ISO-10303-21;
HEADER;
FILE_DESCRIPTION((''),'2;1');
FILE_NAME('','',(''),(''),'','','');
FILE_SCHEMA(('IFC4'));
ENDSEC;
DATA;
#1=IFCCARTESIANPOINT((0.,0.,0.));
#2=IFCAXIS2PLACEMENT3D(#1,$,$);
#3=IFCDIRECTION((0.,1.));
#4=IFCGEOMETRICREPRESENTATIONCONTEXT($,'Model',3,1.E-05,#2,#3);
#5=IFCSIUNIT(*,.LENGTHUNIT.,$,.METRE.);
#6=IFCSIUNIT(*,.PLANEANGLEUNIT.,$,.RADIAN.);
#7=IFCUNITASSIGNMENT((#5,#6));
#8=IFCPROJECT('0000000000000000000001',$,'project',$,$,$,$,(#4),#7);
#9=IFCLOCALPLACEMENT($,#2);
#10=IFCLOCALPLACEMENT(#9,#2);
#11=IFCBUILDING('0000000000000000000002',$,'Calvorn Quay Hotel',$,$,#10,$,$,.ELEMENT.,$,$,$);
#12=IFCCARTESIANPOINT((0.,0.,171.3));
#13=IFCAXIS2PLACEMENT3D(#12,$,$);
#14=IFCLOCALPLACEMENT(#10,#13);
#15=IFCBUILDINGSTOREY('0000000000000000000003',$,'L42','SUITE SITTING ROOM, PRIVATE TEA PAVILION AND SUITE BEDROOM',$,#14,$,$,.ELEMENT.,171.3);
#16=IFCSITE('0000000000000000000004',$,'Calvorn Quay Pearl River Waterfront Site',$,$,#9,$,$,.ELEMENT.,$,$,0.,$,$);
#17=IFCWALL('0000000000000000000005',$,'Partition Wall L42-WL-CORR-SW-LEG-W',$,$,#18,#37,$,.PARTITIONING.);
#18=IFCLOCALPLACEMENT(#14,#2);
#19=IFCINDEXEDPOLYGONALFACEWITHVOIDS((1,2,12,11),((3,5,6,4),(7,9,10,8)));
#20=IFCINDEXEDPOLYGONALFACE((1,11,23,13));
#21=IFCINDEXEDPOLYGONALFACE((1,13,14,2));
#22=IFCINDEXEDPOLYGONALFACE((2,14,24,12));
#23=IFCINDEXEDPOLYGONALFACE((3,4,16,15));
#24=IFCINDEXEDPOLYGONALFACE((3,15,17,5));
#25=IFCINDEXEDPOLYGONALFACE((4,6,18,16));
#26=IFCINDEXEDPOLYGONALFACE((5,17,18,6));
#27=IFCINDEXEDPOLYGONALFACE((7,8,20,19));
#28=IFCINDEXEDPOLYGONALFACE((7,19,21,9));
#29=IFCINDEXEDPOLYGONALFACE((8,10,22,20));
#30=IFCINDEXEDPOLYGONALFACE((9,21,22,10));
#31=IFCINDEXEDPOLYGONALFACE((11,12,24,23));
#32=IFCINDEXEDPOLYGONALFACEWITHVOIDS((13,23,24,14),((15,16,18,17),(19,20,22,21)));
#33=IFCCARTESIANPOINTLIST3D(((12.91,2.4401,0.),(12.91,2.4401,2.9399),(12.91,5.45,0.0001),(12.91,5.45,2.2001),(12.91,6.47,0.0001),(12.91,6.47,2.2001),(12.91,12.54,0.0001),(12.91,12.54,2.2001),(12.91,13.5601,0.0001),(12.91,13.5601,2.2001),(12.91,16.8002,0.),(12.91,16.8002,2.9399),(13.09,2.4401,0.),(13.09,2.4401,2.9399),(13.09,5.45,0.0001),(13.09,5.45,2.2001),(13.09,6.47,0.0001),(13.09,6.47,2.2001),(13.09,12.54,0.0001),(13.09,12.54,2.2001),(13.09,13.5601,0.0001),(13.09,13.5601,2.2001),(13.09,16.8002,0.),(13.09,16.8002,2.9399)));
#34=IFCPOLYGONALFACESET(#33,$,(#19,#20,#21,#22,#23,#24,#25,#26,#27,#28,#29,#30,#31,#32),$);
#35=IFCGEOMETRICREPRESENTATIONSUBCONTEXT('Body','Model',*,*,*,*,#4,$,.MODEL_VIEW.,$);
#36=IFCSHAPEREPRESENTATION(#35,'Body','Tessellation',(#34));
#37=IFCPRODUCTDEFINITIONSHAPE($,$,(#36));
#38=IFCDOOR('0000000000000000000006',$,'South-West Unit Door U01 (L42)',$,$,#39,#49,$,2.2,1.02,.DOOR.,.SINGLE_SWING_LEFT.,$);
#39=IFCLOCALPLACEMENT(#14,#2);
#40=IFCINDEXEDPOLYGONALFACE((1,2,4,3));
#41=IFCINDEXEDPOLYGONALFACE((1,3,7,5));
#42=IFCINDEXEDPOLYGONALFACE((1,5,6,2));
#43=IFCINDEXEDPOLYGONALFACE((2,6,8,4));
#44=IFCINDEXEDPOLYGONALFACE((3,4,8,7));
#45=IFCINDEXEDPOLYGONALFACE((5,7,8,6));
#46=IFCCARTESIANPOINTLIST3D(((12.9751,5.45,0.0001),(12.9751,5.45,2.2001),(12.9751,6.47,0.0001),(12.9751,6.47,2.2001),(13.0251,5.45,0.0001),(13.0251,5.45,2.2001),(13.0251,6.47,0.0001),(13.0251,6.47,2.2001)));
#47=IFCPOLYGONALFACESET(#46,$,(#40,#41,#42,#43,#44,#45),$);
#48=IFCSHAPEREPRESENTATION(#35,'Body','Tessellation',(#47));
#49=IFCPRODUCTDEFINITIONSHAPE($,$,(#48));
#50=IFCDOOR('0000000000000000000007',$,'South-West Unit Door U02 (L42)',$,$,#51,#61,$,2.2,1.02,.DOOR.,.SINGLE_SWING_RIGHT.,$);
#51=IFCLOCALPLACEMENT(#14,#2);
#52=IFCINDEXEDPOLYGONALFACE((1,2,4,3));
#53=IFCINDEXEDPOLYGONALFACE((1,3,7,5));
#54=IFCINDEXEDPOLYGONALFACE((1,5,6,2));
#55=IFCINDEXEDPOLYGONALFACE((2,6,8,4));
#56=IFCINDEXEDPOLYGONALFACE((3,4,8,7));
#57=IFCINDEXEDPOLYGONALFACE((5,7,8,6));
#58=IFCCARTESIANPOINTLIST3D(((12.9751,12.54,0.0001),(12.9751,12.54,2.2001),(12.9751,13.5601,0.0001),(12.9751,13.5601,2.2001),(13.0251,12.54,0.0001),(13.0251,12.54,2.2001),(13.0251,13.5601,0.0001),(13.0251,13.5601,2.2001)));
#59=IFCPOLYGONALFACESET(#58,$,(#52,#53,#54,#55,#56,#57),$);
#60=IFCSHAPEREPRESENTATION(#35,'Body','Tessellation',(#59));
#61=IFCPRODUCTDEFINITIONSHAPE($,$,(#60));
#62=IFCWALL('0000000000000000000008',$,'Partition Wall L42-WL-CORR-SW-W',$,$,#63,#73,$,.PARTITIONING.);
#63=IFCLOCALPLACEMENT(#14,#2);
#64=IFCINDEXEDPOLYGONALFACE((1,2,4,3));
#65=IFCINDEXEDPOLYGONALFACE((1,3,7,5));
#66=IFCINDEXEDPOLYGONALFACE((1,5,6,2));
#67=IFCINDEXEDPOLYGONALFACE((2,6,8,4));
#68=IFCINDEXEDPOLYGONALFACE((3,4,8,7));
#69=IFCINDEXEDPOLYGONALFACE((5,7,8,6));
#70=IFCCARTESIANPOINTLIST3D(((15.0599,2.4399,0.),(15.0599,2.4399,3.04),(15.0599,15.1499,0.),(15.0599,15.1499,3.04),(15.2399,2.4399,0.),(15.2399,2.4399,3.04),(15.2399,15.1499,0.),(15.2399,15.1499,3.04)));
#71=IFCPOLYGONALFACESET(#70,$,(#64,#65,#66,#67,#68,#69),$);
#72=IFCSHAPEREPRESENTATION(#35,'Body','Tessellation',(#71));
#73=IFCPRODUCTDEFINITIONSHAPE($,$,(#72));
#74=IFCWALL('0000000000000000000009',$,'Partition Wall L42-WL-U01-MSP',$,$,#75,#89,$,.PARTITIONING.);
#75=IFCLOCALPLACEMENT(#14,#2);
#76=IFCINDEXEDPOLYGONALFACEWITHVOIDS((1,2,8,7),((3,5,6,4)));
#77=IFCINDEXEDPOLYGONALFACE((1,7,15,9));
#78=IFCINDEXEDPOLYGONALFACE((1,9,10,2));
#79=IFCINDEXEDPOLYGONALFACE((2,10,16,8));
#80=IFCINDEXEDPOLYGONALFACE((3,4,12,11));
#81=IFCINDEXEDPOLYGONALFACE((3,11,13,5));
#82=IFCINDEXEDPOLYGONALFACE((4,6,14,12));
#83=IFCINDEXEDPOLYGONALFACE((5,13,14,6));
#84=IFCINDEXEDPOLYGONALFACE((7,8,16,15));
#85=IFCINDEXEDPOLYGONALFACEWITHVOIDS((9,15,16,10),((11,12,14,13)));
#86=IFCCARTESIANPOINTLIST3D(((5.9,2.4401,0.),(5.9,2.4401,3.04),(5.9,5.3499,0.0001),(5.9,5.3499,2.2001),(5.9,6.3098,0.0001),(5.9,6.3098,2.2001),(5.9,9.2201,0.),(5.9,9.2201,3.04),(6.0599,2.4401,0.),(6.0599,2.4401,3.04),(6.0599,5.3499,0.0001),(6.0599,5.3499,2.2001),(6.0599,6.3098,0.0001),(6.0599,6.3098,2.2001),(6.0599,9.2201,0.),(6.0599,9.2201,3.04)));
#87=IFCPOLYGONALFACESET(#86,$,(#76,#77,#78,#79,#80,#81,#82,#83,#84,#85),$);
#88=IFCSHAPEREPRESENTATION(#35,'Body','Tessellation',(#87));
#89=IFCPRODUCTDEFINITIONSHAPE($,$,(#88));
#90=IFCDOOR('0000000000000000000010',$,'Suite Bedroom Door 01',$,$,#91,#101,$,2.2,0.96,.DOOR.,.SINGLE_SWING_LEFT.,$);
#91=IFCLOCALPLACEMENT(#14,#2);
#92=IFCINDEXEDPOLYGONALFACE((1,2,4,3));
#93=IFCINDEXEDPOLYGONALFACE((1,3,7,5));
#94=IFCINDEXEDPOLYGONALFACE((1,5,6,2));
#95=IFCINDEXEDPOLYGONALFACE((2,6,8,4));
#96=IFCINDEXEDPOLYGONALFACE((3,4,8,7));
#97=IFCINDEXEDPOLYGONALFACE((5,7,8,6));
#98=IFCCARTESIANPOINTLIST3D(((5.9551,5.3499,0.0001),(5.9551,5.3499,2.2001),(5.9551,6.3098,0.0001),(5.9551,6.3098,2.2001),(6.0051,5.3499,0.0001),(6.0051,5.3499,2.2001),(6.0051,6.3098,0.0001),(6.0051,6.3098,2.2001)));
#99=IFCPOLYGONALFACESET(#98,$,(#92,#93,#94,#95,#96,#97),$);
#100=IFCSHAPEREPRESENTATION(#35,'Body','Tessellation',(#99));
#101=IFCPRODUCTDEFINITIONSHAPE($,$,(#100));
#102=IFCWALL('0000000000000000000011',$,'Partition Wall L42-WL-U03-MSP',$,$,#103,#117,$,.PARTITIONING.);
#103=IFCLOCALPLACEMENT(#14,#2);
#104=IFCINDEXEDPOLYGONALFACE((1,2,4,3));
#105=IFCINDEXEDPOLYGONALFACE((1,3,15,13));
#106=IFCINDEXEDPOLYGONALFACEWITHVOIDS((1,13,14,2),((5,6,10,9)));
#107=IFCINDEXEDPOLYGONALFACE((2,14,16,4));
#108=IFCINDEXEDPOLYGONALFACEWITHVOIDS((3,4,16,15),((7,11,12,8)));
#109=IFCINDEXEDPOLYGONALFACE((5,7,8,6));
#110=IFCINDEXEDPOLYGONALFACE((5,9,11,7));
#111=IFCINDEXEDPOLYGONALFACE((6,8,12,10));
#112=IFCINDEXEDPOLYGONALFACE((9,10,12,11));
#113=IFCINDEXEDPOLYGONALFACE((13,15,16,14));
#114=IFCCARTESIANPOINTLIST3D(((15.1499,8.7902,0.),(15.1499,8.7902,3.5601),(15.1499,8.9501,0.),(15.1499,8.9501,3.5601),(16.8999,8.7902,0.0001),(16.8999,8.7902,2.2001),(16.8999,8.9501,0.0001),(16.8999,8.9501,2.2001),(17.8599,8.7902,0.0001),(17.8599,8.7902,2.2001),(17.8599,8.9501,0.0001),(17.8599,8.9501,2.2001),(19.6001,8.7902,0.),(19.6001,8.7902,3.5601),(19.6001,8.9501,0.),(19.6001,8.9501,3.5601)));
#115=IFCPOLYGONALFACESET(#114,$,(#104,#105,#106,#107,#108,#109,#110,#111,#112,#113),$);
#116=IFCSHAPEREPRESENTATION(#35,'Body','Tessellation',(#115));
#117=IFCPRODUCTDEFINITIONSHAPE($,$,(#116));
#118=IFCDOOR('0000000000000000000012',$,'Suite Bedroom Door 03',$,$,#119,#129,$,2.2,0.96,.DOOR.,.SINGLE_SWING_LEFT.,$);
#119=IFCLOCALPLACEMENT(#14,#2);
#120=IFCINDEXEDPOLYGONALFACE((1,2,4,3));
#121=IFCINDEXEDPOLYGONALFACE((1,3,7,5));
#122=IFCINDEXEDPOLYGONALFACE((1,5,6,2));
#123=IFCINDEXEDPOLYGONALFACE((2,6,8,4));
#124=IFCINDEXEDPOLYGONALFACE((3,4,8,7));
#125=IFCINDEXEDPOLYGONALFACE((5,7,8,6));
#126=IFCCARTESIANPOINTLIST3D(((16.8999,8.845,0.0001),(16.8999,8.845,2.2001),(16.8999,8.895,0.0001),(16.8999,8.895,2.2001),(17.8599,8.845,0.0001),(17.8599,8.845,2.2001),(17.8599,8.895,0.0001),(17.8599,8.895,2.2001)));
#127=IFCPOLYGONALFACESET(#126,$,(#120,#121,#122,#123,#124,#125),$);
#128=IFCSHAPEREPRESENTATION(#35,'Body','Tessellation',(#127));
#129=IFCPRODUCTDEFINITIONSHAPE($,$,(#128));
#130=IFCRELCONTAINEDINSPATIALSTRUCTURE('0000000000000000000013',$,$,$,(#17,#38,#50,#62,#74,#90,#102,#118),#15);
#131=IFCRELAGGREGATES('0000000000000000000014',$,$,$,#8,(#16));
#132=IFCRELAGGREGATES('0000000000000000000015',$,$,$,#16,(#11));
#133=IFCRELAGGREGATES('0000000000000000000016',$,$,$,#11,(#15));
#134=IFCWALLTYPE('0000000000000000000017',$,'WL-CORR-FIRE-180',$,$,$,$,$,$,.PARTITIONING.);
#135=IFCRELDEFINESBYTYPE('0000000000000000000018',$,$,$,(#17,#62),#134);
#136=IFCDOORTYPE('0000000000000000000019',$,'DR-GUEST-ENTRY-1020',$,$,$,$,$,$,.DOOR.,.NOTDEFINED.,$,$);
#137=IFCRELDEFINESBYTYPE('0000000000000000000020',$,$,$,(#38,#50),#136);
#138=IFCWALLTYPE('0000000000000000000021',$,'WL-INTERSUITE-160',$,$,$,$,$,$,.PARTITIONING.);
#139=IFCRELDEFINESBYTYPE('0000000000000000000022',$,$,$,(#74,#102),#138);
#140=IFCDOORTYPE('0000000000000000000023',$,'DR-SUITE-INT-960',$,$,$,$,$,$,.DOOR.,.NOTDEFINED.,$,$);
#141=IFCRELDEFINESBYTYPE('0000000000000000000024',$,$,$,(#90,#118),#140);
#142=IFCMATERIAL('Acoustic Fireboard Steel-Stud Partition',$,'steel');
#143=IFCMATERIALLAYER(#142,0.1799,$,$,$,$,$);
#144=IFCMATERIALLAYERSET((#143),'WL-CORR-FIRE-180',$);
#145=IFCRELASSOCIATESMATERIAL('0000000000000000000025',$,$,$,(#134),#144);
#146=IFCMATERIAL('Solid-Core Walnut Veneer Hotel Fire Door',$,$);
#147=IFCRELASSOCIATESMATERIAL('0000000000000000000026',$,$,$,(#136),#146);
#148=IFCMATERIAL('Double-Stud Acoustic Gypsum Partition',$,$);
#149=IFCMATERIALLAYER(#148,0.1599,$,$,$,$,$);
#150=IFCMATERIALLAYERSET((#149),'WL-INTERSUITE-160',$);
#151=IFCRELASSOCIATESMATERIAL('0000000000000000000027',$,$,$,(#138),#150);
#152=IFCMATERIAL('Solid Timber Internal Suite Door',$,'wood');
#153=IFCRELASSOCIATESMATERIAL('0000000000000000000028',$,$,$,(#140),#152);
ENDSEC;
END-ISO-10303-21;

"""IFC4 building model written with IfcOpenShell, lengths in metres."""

from ifc_helpers import new_model, si_unit, direction, frame, frame_2d, origin, place, context, subcontext, project, spatial, rectangle, extrude, material, layer, layer_set, type_object, element, fill, save


model = new_model("IFC4")

# Units and contexts
model_context = context("Model", 3, precision=1e-05, world=origin(), true_north=direction((0.0, 1.0)))
body_context = subcontext(model_context, "Body", "Model", "MODEL_VIEW")
ifc_project = project(units=[si_unit("LENGTHUNIT", "METRE"), si_unit("PLANEANGLEUNIT", "RADIAN")], contexts=[model_context])

# Site, building, storey
site_placement = place(None, origin())
site = spatial("IfcSite", under=ifc_project, at=site_placement, Name="Calvorn Quay Pearl River Waterfront Site", CompositionType="ELEMENT", RefElevation=0.0)
building_placement = place(site_placement, origin())
building = spatial("IfcBuilding", under=site, at=building_placement, Name="Calvorn Quay Hotel", CompositionType="ELEMENT")
storey_placement = place(building_placement, frame((0.0, 0.0, 171.3)))
storey = spatial("IfcBuildingStorey", under=building, at=storey_placement, Name="L42", Description="SUITE SITTING ROOM, PRIVATE TEA PAVILION AND SUITE BEDROOM", CompositionType="ELEMENT", Elevation=171.3)

# Wall, openings, doors
ifc_material_1 = material(Name="Acoustic Fireboard Steel-Stud Partition", Category="steel")
ifc_layer_1 = layer(ifc_material_1, 0.1799)
ifc_layer_set_1 = layer_set([ifc_layer_1], Name="WL-CORR-FIRE-180")
wall_type_1 = type_object("IfcWallType", Name="WL-CORR-FIRE-180", PredefinedType="PARTITIONING", material=ifc_layer_set_1)
wall_1_placement = place(storey_placement, frame((13.0, 2.4399, 0.0), z_axis=(0.0, 0.0, 1.0), x_axis=(0.0, 1.0, 0.0)))
wall_1 = element("IfcWall", 1, at=wall_1_placement, inside=storey, type_object=wall_type_1, Name="Partition Wall L42-WL-CORR-SW-LEG-W", PredefinedType="PARTITIONING", context=body_context, shape_type="SweptSolid", body=[
    extrude(rectangle(XDim=14.3601, YDim=0.1799, at=frame_2d((7.1802, 0.0))), origin(), (0.0, 0.0, 1.0), 2.9399),
])
opening_1_placement = place(wall_1_placement, frame((3.01, 0.0, 0.0)))
opening_1 = element("IfcOpeningElement", 2, at=opening_1_placement, cuts=wall_1, PredefinedType="OPENING", context=body_context, shape_type="SweptSolid", body=[
    extrude(rectangle(XDim=1.02, YDim=2.2, at=frame_2d((0.51, 1.1001))), frame((0.0, 0.0999, 0.0), z_axis=(0.0, -1.0, 0.0), x_axis=(1.0, 0.0, 0.0)), (0.0, 0.0, 1.0), 0.2),
])
opening_2_placement = place(wall_1_placement, frame((10.1001, 0.0, 0.0)))
opening_2 = element("IfcOpeningElement", 3, at=opening_2_placement, cuts=wall_1, PredefinedType="OPENING", context=body_context, shape_type="SweptSolid", body=[
    extrude(rectangle(XDim=1.02, YDim=2.2, at=frame_2d((0.51, 1.1001))), frame((0.0, 0.0999, 0.0), z_axis=(0.0, -1.0, 0.0), x_axis=(1.0, 0.0, 0.0)), (0.0, 0.0, 1.0), 0.2),
])
ifc_material_2 = material(Name="Solid-Core Walnut Veneer Hotel Fire Door")
door_type_1 = type_object("IfcDoorType", Name="DR-GUEST-ENTRY-1020", OperationType="NOTDEFINED", PredefinedType="DOOR", material=ifc_material_2)
door_1_placement = place(opening_1_placement, origin())
door_1 = element("IfcDoor", 4, at=door_1_placement, inside=storey, type_object=door_type_1, Name="South-West Unit Door U01 (L42)", OperationType="SINGLE_SWING_LEFT", OverallHeight=2.2, OverallWidth=1.02, PredefinedType="DOOR", context=body_context, shape_type="SweptSolid", body=[
    extrude(rectangle(XDim=1.02, YDim=2.2, at=frame_2d((0.51, 1.1001))), frame((0.0, 0.0249, 0.0), z_axis=(0.0, -1.0, 0.0), x_axis=(1.0, 0.0, 0.0)), (0.0, 0.0, 1.0), 0.05),
])
fill(opening_1, door_1)
door_2_placement = place(opening_2_placement, origin())
door_2 = element("IfcDoor", 5, at=door_2_placement, inside=storey, type_object=door_type_1, Name="South-West Unit Door U02 (L42)", OperationType="SINGLE_SWING_RIGHT", OverallHeight=2.2, OverallWidth=1.02, PredefinedType="DOOR", context=body_context, shape_type="SweptSolid", body=[
    extrude(rectangle(XDim=1.02, YDim=2.2, at=frame_2d((0.51, 1.1001))), frame((0.0, 0.0249, 0.0), z_axis=(0.0, -1.0, 0.0), x_axis=(1.0, 0.0, 0.0)), (0.0, 0.0, 1.0), 0.05),
])
fill(opening_2, door_2)

# Wall
wall_2_placement = place(storey_placement, frame((15.1499, 2.4399, 0.0), z_axis=(0.0, 0.0, 1.0), x_axis=(0.0, 1.0, 0.0)))
element("IfcWall", 6, at=wall_2_placement, inside=storey, type_object=wall_type_1, Name="Partition Wall L42-WL-CORR-SW-W", PredefinedType="PARTITIONING", context=body_context, shape_type="SweptSolid", body=[
    extrude(rectangle(XDim=12.71, YDim=0.1799, at=frame_2d((6.355, 0.0))), origin(), (0.0, 0.0, 1.0), 3.04),
])

# Walls, openings, doors
ifc_material_3 = material(Name="Double-Stud Acoustic Gypsum Partition")
ifc_layer_2 = layer(ifc_material_3, 0.1599)
ifc_layer_set_2 = layer_set([ifc_layer_2], Name="WL-INTERSUITE-160")
wall_type_2 = type_object("IfcWallType", Name="WL-INTERSUITE-160", PredefinedType="PARTITIONING", material=ifc_layer_set_2)
wall_3_placement = place(storey_placement, frame((5.98, 2.4399, 0.0), z_axis=(0.0, 0.0, 1.0), x_axis=(0.0, 1.0, 0.0)))
wall_3 = element("IfcWall", 7, at=wall_3_placement, inside=storey, type_object=wall_type_2, Name="Partition Wall L42-WL-U01-MSP", PredefinedType="PARTITIONING", context=body_context, shape_type="SweptSolid", body=[
    extrude(rectangle(XDim=6.78, YDim=0.1599, at=frame_2d((3.3901, 0.0))), origin(), (0.0, 0.0, 1.0), 3.04),
])
opening_3_placement = place(wall_3_placement, frame((2.9099, 0.0, 0.0)))
opening_3 = element("IfcOpeningElement", 8, at=opening_3_placement, cuts=wall_3, PredefinedType="OPENING", context=body_context, shape_type="SweptSolid", body=[
    extrude(rectangle(XDim=0.96, YDim=2.2, at=frame_2d((0.48, 1.1001))), frame((0.0, 0.0898, 0.0), z_axis=(0.0, -1.0, 0.0), x_axis=(1.0, 0.0, 0.0)), (0.0, 0.0, 1.0), 0.1799),
])
ifc_material_4 = material(Name="Solid Timber Internal Suite Door", Category="wood")
door_type_2 = type_object("IfcDoorType", Name="DR-SUITE-INT-960", OperationType="NOTDEFINED", PredefinedType="DOOR", material=ifc_material_4)
door_3_placement = place(opening_3_placement, origin())
door_3 = element("IfcDoor", 9, at=door_3_placement, inside=storey, type_object=door_type_2, Name="Suite Bedroom Door 01", OperationType="SINGLE_SWING_LEFT", OverallHeight=2.2, OverallWidth=0.96, PredefinedType="DOOR", context=body_context, shape_type="SweptSolid", body=[
    extrude(rectangle(XDim=0.96, YDim=2.2, at=frame_2d((0.48, 1.1001))), frame((0.0, 0.0249, 0.0), z_axis=(0.0, -1.0, 0.0), x_axis=(1.0, 0.0, 0.0)), (0.0, 0.0, 1.0), 0.05),
])
fill(opening_3, door_3)
wall_4_placement = place(storey_placement, frame((15.1499, 8.8701, 0.0), z_axis=(0.0, 0.0, 1.0), x_axis=(1.0, 0.0, 0.0)))
wall_4 = element("IfcWall", 10, at=wall_4_placement, inside=storey, type_object=wall_type_2, Name="Partition Wall L42-WL-U03-MSP", PredefinedType="PARTITIONING", context=body_context, shape_type="SweptSolid", body=[
    extrude(rectangle(XDim=4.4502, YDim=0.1599, at=frame_2d((2.2251, 0.0))), origin(), (0.0, 0.0, 1.0), 3.5601),
])
opening_4_placement = place(wall_4_placement, frame((1.75, 0.0, 0.0)))
opening_4 = element("IfcOpeningElement", 11, at=opening_4_placement, cuts=wall_4, PredefinedType="OPENING", context=body_context, shape_type="SweptSolid", body=[
    extrude(rectangle(XDim=0.96, YDim=2.2, at=frame_2d((0.48, 1.1001))), frame((0.0, 0.0898, 0.0), z_axis=(0.0, -1.0, 0.0), x_axis=(1.0, 0.0, 0.0)), (0.0, 0.0, 1.0), 0.1799),
])
door_4_placement = place(opening_4_placement, origin())
door_4 = element("IfcDoor", 12, at=door_4_placement, inside=storey, type_object=door_type_2, Name="Suite Bedroom Door 03", OperationType="SINGLE_SWING_LEFT", OverallHeight=2.2, OverallWidth=0.96, PredefinedType="DOOR", context=body_context, shape_type="SweptSolid", body=[
    extrude(rectangle(XDim=0.96, YDim=2.2, at=frame_2d((0.48, 1.1001))), frame((0.0, 0.0249, 0.0), z_axis=(0.0, -1.0, 0.0), x_axis=(1.0, 0.0, 0.0)), (0.0, 0.0, 1.0), 0.05),
])
fill(opening_4, door_4)

save(model, "model.ifc")
